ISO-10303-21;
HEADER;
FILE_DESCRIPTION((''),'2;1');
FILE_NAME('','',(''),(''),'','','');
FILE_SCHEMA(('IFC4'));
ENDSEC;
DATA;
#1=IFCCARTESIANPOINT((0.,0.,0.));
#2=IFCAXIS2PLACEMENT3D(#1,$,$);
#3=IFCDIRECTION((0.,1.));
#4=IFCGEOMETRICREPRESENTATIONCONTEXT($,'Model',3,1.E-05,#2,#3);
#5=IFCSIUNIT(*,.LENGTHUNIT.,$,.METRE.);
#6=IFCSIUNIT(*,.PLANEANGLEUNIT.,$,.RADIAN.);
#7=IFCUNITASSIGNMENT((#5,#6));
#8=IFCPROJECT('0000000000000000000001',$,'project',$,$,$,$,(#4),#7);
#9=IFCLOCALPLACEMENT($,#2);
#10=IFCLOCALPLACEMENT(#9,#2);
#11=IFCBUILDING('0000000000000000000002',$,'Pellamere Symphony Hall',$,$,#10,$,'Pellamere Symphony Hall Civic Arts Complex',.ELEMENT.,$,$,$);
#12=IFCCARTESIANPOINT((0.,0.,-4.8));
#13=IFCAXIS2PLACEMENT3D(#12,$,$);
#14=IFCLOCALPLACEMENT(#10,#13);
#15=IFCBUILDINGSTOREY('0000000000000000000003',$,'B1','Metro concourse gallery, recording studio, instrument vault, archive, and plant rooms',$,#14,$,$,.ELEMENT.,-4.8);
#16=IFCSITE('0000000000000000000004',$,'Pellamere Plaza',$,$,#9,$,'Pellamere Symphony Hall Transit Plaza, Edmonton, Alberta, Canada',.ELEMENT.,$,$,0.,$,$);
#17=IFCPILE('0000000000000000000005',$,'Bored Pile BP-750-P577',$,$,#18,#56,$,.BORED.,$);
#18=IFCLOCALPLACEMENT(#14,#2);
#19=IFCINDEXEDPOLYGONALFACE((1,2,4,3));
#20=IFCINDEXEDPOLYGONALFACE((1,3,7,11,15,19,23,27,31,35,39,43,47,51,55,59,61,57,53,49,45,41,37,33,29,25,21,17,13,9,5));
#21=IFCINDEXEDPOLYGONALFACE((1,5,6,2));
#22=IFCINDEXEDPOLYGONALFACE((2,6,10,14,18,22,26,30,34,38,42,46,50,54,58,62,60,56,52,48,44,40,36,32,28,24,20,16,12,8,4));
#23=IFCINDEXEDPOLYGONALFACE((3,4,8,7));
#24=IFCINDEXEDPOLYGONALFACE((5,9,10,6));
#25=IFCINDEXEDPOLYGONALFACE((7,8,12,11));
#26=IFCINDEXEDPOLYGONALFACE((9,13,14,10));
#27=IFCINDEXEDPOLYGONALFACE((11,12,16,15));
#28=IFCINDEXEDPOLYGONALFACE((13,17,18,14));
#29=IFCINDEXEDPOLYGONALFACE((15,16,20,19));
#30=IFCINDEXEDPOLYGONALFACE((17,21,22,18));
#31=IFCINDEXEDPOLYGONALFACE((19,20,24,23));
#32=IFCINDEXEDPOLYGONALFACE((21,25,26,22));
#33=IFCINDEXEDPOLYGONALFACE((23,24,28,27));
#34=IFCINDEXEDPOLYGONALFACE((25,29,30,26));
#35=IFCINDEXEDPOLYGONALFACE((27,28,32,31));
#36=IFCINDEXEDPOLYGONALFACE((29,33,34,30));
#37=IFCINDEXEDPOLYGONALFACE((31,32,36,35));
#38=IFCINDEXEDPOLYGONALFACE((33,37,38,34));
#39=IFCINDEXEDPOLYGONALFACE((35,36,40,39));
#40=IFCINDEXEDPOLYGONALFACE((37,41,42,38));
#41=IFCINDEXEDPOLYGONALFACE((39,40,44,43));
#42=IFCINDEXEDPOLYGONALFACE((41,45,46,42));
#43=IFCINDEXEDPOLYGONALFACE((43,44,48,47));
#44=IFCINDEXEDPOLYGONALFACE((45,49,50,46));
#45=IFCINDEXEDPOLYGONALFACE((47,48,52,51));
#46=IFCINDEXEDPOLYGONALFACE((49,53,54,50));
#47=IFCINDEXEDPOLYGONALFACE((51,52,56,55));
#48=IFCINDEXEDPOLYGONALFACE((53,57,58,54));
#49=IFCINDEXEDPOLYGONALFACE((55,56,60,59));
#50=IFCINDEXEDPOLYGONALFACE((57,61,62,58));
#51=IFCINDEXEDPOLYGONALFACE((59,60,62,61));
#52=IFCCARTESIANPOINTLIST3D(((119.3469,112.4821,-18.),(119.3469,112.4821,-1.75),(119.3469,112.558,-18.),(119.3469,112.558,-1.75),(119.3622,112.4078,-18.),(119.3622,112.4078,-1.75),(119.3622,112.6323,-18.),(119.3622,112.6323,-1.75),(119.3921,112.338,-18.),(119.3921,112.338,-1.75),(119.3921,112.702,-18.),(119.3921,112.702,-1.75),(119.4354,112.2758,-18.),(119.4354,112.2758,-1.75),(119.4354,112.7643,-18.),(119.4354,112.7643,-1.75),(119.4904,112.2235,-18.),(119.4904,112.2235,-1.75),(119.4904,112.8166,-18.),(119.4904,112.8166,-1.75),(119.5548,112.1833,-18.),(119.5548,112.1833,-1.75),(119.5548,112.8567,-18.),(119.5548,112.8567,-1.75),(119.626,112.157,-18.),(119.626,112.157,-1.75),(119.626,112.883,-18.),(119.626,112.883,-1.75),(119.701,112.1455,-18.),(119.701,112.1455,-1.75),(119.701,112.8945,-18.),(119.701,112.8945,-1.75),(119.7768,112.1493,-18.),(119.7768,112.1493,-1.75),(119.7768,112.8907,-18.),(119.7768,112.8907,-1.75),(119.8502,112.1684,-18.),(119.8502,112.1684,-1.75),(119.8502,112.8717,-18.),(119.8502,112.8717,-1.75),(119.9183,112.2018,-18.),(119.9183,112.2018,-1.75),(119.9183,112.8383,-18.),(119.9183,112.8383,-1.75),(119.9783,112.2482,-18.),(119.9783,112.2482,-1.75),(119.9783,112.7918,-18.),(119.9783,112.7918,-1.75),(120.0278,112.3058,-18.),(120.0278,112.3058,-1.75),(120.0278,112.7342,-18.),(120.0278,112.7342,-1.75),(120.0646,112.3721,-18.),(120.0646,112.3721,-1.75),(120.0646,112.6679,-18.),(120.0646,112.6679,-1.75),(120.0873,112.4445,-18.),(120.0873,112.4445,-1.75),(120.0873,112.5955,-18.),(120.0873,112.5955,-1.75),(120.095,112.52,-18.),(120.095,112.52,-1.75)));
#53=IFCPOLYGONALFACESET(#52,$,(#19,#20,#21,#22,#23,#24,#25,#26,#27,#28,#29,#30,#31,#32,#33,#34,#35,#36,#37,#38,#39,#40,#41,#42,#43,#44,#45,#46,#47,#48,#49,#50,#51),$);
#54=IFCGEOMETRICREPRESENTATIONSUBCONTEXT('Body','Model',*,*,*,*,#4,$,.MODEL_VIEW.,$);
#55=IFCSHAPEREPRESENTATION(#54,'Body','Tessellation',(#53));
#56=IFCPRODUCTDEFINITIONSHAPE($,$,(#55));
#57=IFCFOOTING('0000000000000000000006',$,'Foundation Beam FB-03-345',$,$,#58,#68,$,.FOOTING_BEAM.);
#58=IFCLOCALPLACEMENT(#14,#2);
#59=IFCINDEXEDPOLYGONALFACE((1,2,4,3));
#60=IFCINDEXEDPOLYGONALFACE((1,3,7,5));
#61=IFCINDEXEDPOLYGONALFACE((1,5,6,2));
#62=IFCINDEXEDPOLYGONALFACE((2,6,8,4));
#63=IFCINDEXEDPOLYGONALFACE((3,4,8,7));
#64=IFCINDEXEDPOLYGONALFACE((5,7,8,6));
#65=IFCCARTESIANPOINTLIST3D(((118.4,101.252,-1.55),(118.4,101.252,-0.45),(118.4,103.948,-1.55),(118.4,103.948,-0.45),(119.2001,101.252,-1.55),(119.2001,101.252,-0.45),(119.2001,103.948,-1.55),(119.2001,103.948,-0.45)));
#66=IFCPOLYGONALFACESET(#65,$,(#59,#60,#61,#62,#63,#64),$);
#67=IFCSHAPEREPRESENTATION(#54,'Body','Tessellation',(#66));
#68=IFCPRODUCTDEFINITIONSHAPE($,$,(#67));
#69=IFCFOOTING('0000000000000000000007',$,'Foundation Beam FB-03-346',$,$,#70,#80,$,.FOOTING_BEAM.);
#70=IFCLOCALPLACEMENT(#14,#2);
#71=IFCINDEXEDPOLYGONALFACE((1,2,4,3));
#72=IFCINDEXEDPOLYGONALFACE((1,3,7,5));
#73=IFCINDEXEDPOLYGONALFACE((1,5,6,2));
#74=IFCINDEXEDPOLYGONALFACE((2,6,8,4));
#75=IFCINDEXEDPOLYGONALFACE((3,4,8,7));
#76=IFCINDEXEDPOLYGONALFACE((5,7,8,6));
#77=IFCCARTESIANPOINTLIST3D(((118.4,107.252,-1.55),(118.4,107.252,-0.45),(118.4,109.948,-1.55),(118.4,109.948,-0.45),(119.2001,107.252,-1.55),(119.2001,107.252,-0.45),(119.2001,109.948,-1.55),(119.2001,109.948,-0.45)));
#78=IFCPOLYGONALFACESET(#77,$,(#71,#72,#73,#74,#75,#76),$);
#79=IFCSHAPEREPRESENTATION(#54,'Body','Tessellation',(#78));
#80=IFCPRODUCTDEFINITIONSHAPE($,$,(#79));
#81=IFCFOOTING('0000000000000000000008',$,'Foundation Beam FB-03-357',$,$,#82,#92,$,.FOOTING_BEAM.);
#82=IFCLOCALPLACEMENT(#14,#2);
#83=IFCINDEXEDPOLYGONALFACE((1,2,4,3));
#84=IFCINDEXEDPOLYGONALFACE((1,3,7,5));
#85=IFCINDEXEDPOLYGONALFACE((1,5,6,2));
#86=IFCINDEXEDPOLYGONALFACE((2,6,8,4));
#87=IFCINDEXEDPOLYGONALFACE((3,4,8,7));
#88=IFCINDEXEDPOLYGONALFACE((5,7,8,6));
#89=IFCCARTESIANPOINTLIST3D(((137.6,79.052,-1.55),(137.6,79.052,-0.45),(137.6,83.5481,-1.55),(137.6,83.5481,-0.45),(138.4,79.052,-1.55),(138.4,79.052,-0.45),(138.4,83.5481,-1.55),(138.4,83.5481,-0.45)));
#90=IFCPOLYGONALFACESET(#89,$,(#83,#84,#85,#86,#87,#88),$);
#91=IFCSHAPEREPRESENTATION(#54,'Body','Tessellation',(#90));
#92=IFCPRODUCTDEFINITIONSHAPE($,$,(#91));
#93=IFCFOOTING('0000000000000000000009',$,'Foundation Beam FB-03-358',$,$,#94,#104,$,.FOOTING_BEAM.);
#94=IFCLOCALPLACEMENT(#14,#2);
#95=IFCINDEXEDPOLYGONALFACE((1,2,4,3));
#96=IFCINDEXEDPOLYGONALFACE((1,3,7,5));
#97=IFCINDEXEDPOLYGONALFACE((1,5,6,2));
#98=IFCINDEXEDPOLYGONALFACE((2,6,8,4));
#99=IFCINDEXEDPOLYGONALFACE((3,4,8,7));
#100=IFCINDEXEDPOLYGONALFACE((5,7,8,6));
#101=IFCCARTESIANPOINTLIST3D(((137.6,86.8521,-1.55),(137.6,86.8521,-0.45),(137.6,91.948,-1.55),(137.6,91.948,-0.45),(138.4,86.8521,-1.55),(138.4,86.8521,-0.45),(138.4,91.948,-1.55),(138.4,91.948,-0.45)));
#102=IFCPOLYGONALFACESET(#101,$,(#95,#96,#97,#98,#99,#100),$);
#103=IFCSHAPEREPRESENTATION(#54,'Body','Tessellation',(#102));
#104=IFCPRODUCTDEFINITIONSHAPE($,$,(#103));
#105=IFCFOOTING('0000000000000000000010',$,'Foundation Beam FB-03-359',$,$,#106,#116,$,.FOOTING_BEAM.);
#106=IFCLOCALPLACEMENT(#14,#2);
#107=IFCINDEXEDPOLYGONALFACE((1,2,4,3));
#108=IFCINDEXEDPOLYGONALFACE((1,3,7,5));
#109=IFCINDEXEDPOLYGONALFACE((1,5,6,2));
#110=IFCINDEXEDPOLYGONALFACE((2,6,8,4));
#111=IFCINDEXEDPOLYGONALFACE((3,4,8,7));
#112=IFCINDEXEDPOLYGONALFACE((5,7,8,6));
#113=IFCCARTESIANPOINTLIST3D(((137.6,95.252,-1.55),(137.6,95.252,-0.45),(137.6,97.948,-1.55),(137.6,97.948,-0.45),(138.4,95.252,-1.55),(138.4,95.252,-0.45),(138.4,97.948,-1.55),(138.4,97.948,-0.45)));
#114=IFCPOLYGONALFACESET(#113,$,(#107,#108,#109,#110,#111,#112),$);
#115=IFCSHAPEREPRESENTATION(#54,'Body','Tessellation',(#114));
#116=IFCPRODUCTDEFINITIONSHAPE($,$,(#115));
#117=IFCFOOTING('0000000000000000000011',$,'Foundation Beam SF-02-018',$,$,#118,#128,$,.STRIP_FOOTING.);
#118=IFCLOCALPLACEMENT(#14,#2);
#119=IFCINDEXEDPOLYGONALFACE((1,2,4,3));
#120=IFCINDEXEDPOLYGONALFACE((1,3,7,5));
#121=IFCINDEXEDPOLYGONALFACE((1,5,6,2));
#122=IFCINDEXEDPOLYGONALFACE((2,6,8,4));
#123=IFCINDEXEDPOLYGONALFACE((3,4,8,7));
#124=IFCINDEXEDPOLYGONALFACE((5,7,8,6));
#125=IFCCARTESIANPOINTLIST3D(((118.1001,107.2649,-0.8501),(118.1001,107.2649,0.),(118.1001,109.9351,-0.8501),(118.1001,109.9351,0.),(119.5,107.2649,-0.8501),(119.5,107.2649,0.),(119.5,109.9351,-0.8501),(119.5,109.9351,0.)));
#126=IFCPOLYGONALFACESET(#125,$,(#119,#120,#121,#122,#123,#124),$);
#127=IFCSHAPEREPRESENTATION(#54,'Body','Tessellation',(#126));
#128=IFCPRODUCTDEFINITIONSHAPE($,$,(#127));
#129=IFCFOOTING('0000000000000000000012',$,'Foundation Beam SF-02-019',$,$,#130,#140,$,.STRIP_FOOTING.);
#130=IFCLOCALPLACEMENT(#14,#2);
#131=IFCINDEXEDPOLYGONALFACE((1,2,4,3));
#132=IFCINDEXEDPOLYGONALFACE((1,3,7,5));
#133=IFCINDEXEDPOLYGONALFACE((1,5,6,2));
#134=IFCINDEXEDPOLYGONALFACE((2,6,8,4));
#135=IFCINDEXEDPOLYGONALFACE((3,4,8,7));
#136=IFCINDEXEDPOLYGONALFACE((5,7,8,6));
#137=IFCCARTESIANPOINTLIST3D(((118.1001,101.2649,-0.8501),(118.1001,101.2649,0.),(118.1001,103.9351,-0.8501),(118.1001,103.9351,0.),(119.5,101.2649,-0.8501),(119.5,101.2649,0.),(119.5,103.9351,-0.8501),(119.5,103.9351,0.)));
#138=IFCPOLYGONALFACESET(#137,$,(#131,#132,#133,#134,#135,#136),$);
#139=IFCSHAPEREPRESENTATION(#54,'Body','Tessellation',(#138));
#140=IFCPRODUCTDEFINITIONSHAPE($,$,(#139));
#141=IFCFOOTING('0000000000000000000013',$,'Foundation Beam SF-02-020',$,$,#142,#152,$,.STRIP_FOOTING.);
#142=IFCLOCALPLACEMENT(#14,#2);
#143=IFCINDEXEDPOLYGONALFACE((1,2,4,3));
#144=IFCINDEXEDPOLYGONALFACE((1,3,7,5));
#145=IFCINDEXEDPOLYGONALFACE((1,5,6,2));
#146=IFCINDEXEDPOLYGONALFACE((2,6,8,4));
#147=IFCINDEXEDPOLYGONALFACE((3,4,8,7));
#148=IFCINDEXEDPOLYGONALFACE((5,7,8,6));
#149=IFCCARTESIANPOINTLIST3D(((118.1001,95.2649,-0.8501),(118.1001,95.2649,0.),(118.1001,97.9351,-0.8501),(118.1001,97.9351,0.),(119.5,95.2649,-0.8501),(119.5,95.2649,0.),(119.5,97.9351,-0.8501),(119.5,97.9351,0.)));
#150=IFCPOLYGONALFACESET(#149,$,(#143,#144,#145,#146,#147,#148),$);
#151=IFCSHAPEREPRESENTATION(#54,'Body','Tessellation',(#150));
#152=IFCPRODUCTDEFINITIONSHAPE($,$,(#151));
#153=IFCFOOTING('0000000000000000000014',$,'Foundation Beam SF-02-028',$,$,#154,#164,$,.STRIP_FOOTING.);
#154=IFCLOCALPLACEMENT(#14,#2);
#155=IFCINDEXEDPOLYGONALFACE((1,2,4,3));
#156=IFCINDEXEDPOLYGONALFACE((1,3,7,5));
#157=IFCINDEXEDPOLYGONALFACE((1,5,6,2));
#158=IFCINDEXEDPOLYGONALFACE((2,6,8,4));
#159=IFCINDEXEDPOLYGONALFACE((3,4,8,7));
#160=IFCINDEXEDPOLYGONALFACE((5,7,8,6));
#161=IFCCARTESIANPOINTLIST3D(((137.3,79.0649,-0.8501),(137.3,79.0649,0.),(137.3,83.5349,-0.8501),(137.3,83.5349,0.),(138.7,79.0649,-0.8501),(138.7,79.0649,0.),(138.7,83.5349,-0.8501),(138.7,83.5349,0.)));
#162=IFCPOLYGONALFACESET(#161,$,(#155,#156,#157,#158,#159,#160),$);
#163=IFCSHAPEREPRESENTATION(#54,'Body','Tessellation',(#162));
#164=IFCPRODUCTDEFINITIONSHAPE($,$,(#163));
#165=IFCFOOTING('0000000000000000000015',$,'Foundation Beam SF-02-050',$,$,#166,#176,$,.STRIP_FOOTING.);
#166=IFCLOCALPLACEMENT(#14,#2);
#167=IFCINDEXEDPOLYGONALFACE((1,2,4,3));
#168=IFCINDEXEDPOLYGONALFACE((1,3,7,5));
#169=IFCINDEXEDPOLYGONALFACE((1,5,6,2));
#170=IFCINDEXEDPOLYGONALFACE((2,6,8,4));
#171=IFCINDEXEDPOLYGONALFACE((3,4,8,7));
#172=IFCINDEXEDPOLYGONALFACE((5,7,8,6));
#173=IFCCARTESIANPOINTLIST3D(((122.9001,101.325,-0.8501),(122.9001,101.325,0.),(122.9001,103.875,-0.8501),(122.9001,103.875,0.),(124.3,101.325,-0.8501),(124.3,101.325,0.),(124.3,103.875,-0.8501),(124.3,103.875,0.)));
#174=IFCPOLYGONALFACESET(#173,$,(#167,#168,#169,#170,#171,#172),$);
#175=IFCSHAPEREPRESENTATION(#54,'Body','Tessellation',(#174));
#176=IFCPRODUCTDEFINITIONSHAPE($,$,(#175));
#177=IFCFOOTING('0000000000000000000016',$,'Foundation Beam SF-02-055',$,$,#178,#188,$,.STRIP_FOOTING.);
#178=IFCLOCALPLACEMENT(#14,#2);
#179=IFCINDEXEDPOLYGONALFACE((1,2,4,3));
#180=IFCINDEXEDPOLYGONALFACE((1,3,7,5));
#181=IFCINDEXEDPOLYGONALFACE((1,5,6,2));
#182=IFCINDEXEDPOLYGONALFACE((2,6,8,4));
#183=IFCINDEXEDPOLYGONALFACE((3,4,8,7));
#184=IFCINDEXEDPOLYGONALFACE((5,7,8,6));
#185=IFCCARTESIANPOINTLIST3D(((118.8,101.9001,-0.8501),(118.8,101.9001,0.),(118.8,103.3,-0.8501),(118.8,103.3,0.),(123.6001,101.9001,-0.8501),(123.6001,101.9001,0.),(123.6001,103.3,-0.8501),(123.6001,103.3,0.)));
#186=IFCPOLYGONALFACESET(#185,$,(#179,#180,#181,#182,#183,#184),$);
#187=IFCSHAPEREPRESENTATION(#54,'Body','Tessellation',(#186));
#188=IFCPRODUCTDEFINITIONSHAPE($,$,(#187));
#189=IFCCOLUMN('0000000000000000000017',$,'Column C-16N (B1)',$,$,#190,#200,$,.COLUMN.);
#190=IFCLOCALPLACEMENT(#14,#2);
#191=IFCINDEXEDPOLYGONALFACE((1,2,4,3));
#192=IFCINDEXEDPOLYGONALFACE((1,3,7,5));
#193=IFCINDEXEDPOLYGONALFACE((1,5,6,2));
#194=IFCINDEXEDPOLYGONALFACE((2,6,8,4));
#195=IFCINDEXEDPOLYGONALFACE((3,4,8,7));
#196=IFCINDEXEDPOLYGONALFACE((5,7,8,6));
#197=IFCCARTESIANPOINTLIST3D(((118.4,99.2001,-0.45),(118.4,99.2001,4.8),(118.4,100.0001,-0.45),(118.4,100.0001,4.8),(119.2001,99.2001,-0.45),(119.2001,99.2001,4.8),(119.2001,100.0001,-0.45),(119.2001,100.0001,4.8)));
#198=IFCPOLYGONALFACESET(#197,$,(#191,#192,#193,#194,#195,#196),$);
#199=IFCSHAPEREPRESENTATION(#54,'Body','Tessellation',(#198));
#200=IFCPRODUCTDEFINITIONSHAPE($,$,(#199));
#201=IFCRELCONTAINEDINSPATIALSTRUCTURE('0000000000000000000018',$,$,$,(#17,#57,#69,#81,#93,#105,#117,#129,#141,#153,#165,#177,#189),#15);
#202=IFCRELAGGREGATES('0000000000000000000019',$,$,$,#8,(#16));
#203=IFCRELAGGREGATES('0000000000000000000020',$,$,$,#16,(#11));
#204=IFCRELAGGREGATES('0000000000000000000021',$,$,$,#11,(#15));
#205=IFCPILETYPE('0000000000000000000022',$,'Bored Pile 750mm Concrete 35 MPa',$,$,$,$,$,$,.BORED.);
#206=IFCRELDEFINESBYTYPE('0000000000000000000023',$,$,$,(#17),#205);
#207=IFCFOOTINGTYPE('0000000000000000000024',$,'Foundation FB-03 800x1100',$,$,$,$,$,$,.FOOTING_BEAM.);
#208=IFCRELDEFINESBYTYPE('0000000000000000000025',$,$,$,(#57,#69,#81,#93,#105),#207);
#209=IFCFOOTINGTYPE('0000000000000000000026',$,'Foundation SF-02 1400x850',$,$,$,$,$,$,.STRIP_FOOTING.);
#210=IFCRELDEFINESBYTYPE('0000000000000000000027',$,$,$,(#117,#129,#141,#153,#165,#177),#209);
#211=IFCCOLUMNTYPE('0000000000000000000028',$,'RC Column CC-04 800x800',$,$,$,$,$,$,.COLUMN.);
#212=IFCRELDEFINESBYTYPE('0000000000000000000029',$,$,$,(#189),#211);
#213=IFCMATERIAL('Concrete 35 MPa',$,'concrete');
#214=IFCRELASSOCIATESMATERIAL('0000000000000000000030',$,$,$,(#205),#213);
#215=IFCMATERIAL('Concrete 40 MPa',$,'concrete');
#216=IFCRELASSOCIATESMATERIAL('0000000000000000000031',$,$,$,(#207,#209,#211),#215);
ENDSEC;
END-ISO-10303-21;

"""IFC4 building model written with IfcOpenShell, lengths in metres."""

from ifc_helpers import new_model, si_unit, direction, frame, origin, origin_2d, place, context, subcontext, project, spatial, rectangle, circle, extrude, material, material_profile, profile_set, type_object, element, save


model = new_model("IFC4")

# Units and contexts
model_context = context("Model", 3, precision=1e-05, world=origin(), true_north=direction((0.0, 1.0)))
body_context = subcontext(model_context, "Body", "Model", "MODEL_VIEW")
ifc_project = project(units=[si_unit("LENGTHUNIT", "METRE"), si_unit("PLANEANGLEUNIT", "RADIAN")], contexts=[model_context])

# Site, building, storey
site_placement = place(None, origin())
site = spatial("IfcSite", under=ifc_project, at=site_placement, Name="Pellamere Plaza", LongName="Pellamere Symphony Hall Transit Plaza, Edmonton, Alberta, Canada", CompositionType="ELEMENT", RefElevation=0.0)
building_placement = place(site_placement, origin())
building = spatial("IfcBuilding", under=site, at=building_placement, Name="Pellamere Symphony Hall", LongName="Pellamere Symphony Hall Civic Arts Complex", CompositionType="ELEMENT")
storey_placement = place(building_placement, frame((0.0, 0.0, -4.8)))
storey = spatial("IfcBuildingStorey", under=building, at=storey_placement, Name="B1", Description="Metro concourse gallery, recording studio, instrument vault, archive, and plant rooms", CompositionType="ELEMENT", Elevation=-4.8)

# Pile
ifc_material_1 = material(Name="Concrete 35 MPa", Category="concrete")
ifc_material_profile_1 = material_profile(ifc_material_1, circle(Radius=0.375, at=origin_2d()), Name="PILE D750")
ifc_profile_set_1 = profile_set([ifc_material_profile_1], Name="Concrete 35 MPa")
pile_type = type_object("IfcPileType", Name="Bored Pile 750mm Concrete 35 MPa", PredefinedType="BORED", material=ifc_profile_set_1)
for number, where, z_axis, x_axis, name in (
    (1, (119.72, 112.52, -1.75), (0.0, 0.0, -1.0), (1.0, 0.0, 0.0), "Bored Pile BP-750-P577"),
):
    element("IfcPile", number, at=place(storey_placement, frame(where, z_axis=z_axis, x_axis=x_axis)), inside=storey, type_object=pile_type, Name=name, PredefinedType="BORED", context=body_context, shape_type="SweptSolid", body=[
        extrude(circle(Radius=0.375, at=origin_2d()), origin(), (0.0, 0.0, 1.0), 16.25),
    ])

# Footings
ifc_material_2 = material(Name="Concrete 40 MPa", Category="concrete")
ifc_material_profile_2 = material_profile(ifc_material_2, rectangle(XDim=0.8, YDim=1.1001, at=origin_2d()), Name="RC 800x1100")
ifc_profile_set_2 = profile_set([ifc_material_profile_2], Name="Concrete 40 MPa")
footing_type_1 = type_object("IfcFootingType", Name="Foundation FB-03 800x1100", PredefinedType="FOOTING_BEAM", material=ifc_profile_set_2)
for number, where, z_axis, x_axis, name in (
    (2, (118.8, 101.252, -1.0), (0.0, 1.0, 0.0), (-1.0, 0.0, 0.0), "Foundation Beam FB-03-345"),
    (3, (118.8, 107.252, -1.0), (0.0, 1.0, 0.0), (-1.0, 0.0, 0.0), "Foundation Beam FB-03-346"),
):
    element("IfcFooting", number, at=place(storey_placement, frame(where, z_axis=z_axis, x_axis=x_axis)), inside=storey, type_object=footing_type_1, Name=name, PredefinedType="FOOTING_BEAM", context=body_context, shape_type="SweptSolid", body=[
        extrude(rectangle(XDim=0.8, YDim=1.1001, at=origin_2d()), origin(), (0.0, 0.0, 1.0), 2.696),
    ])
footing_1_placement = place(storey_placement, frame((138.0, 79.052, -1.0), z_axis=(0.0, 1.0, 0.0), x_axis=(-1.0, 0.0, 0.0)))
element("IfcFooting", 4, at=footing_1_placement, inside=storey, type_object=footing_type_1, Name="Foundation Beam FB-03-357", PredefinedType="FOOTING_BEAM", context=body_context, shape_type="SweptSolid", body=[
    extrude(rectangle(XDim=0.8, YDim=1.1001, at=origin_2d()), origin(), (0.0, 0.0, 1.0), 4.4961),
])
footing_2_placement = place(storey_placement, frame((138.0, 86.8521, -1.0), z_axis=(0.0, 1.0, 0.0), x_axis=(-1.0, 0.0, 0.0)))
element("IfcFooting", 5, at=footing_2_placement, inside=storey, type_object=footing_type_1, Name="Foundation Beam FB-03-358", PredefinedType="FOOTING_BEAM", context=body_context, shape_type="SweptSolid", body=[
    extrude(rectangle(XDim=0.8, YDim=1.1001, at=origin_2d()), origin(), (0.0, 0.0, 1.0), 5.0959),
])
footing_3_placement = place(storey_placement, frame((138.0, 95.252, -1.0), z_axis=(0.0, 1.0, 0.0), x_axis=(-1.0, 0.0, 0.0)))
element("IfcFooting", 6, at=footing_3_placement, inside=storey, type_object=footing_type_1, Name="Foundation Beam FB-03-359", PredefinedType="FOOTING_BEAM", context=body_context, shape_type="SweptSolid", body=[
    extrude(rectangle(XDim=0.8, YDim=1.1001, at=origin_2d()), origin(), (0.0, 0.0, 1.0), 2.696),
])
ifc_material_profile_3 = material_profile(ifc_material_2, rectangle(XDim=1.3999, YDim=0.8501, at=origin_2d()), Name="RC 1400x850")
ifc_profile_set_3 = profile_set([ifc_material_profile_3], Name="Concrete 40 MPa")
footing_type_2 = type_object("IfcFootingType", Name="Foundation SF-02 1400x850", PredefinedType="STRIP_FOOTING", material=ifc_profile_set_3)
for number, where, z_axis, x_axis, name in (
    (7, (118.8, 109.9351, -0.425), (0.0, -1.0, 0.0), (1.0, 0.0, 0.0), "Foundation Beam SF-02-018"),
    (8, (118.8, 103.9351, -0.425), (0.0, -1.0, 0.0), (1.0, 0.0, 0.0), "Foundation Beam SF-02-019"),
    (9, (118.8, 97.9351, -0.425), (0.0, -1.0, 0.0), (1.0, 0.0, 0.0), "Foundation Beam SF-02-020"),
):
    element("IfcFooting", number, at=place(storey_placement, frame(where, z_axis=z_axis, x_axis=x_axis)), inside=storey, type_object=footing_type_2, Name=name, PredefinedType="STRIP_FOOTING", context=body_context, shape_type="SweptSolid", body=[
        extrude(rectangle(XDim=1.3999, YDim=0.8501, at=origin_2d()), origin(), (0.0, 0.0, 1.0), 2.6702),
    ])
footing_4_placement = place(storey_placement, frame((138.0, 79.0649, -0.425), z_axis=(0.0, 1.0, 0.0), x_axis=(-1.0, 0.0, 0.0)))
element("IfcFooting", 10, at=footing_4_placement, inside=storey, type_object=footing_type_2, Name="Foundation Beam SF-02-028", PredefinedType="STRIP_FOOTING", context=body_context, shape_type="SweptSolid", body=[
    extrude(rectangle(XDim=1.3999, YDim=0.8501, at=origin_2d()), origin(), (0.0, 0.0, 1.0), 4.47),
])
footing_5_placement = place(storey_placement, frame((123.6001, 101.325, -0.425), z_axis=(0.0, 1.0, 0.0), x_axis=(-1.0, 0.0, 0.0)))
element("IfcFooting", 11, at=footing_5_placement, inside=storey, type_object=footing_type_2, Name="Foundation Beam SF-02-050", PredefinedType="STRIP_FOOTING", context=body_context, shape_type="SweptSolid", body=[
    extrude(rectangle(XDim=1.3999, YDim=0.8501, at=origin_2d()), origin(), (0.0, 0.0, 1.0), 2.55),
])
footing_6_placement = place(storey_placement, frame((118.8, 102.6001, -0.425), z_axis=(1.0, 0.0, 0.0), x_axis=(0.0, 1.0, 0.0)))
element("IfcFooting", 12, at=footing_6_placement, inside=storey, type_object=footing_type_2, Name="Foundation Beam SF-02-055", PredefinedType="STRIP_FOOTING", context=body_context, shape_type="SweptSolid", body=[
    extrude(rectangle(XDim=1.3999, YDim=0.8501, at=origin_2d()), origin(), (0.0, 0.0, 1.0), 4.8),
])

# Column
ifc_material_profile_4 = material_profile(ifc_material_2, rectangle(XDim=0.8, YDim=0.8, at=origin_2d()), Name="RC 800x800")
ifc_profile_set_4 = profile_set([ifc_material_profile_4], Name="Concrete 40 MPa")
column_type_1 = type_object("IfcColumnType", Name="RC Column CC-04 800x800", PredefinedType="COLUMN", material=ifc_profile_set_4)
for number, where, z_axis, x_axis, name in (
    (13, (118.8, 99.6001, -0.45), (0.0, 0.0, 1.0), (1.0, 0.0, 0.0), "Column C-16N (B1)"),
):
    element("IfcColumn", number, at=place(storey_placement, frame(where, z_axis=z_axis, x_axis=x_axis)), inside=storey, type_object=column_type_1, Name=name, PredefinedType="COLUMN", context=body_context, shape_type="SweptSolid", body=[
        extrude(rectangle(XDim=0.8, YDim=0.8, at=origin_2d()), origin(), (0.0, 0.0, 1.0), 5.25),
    ])

save(model, "model.ifc")
